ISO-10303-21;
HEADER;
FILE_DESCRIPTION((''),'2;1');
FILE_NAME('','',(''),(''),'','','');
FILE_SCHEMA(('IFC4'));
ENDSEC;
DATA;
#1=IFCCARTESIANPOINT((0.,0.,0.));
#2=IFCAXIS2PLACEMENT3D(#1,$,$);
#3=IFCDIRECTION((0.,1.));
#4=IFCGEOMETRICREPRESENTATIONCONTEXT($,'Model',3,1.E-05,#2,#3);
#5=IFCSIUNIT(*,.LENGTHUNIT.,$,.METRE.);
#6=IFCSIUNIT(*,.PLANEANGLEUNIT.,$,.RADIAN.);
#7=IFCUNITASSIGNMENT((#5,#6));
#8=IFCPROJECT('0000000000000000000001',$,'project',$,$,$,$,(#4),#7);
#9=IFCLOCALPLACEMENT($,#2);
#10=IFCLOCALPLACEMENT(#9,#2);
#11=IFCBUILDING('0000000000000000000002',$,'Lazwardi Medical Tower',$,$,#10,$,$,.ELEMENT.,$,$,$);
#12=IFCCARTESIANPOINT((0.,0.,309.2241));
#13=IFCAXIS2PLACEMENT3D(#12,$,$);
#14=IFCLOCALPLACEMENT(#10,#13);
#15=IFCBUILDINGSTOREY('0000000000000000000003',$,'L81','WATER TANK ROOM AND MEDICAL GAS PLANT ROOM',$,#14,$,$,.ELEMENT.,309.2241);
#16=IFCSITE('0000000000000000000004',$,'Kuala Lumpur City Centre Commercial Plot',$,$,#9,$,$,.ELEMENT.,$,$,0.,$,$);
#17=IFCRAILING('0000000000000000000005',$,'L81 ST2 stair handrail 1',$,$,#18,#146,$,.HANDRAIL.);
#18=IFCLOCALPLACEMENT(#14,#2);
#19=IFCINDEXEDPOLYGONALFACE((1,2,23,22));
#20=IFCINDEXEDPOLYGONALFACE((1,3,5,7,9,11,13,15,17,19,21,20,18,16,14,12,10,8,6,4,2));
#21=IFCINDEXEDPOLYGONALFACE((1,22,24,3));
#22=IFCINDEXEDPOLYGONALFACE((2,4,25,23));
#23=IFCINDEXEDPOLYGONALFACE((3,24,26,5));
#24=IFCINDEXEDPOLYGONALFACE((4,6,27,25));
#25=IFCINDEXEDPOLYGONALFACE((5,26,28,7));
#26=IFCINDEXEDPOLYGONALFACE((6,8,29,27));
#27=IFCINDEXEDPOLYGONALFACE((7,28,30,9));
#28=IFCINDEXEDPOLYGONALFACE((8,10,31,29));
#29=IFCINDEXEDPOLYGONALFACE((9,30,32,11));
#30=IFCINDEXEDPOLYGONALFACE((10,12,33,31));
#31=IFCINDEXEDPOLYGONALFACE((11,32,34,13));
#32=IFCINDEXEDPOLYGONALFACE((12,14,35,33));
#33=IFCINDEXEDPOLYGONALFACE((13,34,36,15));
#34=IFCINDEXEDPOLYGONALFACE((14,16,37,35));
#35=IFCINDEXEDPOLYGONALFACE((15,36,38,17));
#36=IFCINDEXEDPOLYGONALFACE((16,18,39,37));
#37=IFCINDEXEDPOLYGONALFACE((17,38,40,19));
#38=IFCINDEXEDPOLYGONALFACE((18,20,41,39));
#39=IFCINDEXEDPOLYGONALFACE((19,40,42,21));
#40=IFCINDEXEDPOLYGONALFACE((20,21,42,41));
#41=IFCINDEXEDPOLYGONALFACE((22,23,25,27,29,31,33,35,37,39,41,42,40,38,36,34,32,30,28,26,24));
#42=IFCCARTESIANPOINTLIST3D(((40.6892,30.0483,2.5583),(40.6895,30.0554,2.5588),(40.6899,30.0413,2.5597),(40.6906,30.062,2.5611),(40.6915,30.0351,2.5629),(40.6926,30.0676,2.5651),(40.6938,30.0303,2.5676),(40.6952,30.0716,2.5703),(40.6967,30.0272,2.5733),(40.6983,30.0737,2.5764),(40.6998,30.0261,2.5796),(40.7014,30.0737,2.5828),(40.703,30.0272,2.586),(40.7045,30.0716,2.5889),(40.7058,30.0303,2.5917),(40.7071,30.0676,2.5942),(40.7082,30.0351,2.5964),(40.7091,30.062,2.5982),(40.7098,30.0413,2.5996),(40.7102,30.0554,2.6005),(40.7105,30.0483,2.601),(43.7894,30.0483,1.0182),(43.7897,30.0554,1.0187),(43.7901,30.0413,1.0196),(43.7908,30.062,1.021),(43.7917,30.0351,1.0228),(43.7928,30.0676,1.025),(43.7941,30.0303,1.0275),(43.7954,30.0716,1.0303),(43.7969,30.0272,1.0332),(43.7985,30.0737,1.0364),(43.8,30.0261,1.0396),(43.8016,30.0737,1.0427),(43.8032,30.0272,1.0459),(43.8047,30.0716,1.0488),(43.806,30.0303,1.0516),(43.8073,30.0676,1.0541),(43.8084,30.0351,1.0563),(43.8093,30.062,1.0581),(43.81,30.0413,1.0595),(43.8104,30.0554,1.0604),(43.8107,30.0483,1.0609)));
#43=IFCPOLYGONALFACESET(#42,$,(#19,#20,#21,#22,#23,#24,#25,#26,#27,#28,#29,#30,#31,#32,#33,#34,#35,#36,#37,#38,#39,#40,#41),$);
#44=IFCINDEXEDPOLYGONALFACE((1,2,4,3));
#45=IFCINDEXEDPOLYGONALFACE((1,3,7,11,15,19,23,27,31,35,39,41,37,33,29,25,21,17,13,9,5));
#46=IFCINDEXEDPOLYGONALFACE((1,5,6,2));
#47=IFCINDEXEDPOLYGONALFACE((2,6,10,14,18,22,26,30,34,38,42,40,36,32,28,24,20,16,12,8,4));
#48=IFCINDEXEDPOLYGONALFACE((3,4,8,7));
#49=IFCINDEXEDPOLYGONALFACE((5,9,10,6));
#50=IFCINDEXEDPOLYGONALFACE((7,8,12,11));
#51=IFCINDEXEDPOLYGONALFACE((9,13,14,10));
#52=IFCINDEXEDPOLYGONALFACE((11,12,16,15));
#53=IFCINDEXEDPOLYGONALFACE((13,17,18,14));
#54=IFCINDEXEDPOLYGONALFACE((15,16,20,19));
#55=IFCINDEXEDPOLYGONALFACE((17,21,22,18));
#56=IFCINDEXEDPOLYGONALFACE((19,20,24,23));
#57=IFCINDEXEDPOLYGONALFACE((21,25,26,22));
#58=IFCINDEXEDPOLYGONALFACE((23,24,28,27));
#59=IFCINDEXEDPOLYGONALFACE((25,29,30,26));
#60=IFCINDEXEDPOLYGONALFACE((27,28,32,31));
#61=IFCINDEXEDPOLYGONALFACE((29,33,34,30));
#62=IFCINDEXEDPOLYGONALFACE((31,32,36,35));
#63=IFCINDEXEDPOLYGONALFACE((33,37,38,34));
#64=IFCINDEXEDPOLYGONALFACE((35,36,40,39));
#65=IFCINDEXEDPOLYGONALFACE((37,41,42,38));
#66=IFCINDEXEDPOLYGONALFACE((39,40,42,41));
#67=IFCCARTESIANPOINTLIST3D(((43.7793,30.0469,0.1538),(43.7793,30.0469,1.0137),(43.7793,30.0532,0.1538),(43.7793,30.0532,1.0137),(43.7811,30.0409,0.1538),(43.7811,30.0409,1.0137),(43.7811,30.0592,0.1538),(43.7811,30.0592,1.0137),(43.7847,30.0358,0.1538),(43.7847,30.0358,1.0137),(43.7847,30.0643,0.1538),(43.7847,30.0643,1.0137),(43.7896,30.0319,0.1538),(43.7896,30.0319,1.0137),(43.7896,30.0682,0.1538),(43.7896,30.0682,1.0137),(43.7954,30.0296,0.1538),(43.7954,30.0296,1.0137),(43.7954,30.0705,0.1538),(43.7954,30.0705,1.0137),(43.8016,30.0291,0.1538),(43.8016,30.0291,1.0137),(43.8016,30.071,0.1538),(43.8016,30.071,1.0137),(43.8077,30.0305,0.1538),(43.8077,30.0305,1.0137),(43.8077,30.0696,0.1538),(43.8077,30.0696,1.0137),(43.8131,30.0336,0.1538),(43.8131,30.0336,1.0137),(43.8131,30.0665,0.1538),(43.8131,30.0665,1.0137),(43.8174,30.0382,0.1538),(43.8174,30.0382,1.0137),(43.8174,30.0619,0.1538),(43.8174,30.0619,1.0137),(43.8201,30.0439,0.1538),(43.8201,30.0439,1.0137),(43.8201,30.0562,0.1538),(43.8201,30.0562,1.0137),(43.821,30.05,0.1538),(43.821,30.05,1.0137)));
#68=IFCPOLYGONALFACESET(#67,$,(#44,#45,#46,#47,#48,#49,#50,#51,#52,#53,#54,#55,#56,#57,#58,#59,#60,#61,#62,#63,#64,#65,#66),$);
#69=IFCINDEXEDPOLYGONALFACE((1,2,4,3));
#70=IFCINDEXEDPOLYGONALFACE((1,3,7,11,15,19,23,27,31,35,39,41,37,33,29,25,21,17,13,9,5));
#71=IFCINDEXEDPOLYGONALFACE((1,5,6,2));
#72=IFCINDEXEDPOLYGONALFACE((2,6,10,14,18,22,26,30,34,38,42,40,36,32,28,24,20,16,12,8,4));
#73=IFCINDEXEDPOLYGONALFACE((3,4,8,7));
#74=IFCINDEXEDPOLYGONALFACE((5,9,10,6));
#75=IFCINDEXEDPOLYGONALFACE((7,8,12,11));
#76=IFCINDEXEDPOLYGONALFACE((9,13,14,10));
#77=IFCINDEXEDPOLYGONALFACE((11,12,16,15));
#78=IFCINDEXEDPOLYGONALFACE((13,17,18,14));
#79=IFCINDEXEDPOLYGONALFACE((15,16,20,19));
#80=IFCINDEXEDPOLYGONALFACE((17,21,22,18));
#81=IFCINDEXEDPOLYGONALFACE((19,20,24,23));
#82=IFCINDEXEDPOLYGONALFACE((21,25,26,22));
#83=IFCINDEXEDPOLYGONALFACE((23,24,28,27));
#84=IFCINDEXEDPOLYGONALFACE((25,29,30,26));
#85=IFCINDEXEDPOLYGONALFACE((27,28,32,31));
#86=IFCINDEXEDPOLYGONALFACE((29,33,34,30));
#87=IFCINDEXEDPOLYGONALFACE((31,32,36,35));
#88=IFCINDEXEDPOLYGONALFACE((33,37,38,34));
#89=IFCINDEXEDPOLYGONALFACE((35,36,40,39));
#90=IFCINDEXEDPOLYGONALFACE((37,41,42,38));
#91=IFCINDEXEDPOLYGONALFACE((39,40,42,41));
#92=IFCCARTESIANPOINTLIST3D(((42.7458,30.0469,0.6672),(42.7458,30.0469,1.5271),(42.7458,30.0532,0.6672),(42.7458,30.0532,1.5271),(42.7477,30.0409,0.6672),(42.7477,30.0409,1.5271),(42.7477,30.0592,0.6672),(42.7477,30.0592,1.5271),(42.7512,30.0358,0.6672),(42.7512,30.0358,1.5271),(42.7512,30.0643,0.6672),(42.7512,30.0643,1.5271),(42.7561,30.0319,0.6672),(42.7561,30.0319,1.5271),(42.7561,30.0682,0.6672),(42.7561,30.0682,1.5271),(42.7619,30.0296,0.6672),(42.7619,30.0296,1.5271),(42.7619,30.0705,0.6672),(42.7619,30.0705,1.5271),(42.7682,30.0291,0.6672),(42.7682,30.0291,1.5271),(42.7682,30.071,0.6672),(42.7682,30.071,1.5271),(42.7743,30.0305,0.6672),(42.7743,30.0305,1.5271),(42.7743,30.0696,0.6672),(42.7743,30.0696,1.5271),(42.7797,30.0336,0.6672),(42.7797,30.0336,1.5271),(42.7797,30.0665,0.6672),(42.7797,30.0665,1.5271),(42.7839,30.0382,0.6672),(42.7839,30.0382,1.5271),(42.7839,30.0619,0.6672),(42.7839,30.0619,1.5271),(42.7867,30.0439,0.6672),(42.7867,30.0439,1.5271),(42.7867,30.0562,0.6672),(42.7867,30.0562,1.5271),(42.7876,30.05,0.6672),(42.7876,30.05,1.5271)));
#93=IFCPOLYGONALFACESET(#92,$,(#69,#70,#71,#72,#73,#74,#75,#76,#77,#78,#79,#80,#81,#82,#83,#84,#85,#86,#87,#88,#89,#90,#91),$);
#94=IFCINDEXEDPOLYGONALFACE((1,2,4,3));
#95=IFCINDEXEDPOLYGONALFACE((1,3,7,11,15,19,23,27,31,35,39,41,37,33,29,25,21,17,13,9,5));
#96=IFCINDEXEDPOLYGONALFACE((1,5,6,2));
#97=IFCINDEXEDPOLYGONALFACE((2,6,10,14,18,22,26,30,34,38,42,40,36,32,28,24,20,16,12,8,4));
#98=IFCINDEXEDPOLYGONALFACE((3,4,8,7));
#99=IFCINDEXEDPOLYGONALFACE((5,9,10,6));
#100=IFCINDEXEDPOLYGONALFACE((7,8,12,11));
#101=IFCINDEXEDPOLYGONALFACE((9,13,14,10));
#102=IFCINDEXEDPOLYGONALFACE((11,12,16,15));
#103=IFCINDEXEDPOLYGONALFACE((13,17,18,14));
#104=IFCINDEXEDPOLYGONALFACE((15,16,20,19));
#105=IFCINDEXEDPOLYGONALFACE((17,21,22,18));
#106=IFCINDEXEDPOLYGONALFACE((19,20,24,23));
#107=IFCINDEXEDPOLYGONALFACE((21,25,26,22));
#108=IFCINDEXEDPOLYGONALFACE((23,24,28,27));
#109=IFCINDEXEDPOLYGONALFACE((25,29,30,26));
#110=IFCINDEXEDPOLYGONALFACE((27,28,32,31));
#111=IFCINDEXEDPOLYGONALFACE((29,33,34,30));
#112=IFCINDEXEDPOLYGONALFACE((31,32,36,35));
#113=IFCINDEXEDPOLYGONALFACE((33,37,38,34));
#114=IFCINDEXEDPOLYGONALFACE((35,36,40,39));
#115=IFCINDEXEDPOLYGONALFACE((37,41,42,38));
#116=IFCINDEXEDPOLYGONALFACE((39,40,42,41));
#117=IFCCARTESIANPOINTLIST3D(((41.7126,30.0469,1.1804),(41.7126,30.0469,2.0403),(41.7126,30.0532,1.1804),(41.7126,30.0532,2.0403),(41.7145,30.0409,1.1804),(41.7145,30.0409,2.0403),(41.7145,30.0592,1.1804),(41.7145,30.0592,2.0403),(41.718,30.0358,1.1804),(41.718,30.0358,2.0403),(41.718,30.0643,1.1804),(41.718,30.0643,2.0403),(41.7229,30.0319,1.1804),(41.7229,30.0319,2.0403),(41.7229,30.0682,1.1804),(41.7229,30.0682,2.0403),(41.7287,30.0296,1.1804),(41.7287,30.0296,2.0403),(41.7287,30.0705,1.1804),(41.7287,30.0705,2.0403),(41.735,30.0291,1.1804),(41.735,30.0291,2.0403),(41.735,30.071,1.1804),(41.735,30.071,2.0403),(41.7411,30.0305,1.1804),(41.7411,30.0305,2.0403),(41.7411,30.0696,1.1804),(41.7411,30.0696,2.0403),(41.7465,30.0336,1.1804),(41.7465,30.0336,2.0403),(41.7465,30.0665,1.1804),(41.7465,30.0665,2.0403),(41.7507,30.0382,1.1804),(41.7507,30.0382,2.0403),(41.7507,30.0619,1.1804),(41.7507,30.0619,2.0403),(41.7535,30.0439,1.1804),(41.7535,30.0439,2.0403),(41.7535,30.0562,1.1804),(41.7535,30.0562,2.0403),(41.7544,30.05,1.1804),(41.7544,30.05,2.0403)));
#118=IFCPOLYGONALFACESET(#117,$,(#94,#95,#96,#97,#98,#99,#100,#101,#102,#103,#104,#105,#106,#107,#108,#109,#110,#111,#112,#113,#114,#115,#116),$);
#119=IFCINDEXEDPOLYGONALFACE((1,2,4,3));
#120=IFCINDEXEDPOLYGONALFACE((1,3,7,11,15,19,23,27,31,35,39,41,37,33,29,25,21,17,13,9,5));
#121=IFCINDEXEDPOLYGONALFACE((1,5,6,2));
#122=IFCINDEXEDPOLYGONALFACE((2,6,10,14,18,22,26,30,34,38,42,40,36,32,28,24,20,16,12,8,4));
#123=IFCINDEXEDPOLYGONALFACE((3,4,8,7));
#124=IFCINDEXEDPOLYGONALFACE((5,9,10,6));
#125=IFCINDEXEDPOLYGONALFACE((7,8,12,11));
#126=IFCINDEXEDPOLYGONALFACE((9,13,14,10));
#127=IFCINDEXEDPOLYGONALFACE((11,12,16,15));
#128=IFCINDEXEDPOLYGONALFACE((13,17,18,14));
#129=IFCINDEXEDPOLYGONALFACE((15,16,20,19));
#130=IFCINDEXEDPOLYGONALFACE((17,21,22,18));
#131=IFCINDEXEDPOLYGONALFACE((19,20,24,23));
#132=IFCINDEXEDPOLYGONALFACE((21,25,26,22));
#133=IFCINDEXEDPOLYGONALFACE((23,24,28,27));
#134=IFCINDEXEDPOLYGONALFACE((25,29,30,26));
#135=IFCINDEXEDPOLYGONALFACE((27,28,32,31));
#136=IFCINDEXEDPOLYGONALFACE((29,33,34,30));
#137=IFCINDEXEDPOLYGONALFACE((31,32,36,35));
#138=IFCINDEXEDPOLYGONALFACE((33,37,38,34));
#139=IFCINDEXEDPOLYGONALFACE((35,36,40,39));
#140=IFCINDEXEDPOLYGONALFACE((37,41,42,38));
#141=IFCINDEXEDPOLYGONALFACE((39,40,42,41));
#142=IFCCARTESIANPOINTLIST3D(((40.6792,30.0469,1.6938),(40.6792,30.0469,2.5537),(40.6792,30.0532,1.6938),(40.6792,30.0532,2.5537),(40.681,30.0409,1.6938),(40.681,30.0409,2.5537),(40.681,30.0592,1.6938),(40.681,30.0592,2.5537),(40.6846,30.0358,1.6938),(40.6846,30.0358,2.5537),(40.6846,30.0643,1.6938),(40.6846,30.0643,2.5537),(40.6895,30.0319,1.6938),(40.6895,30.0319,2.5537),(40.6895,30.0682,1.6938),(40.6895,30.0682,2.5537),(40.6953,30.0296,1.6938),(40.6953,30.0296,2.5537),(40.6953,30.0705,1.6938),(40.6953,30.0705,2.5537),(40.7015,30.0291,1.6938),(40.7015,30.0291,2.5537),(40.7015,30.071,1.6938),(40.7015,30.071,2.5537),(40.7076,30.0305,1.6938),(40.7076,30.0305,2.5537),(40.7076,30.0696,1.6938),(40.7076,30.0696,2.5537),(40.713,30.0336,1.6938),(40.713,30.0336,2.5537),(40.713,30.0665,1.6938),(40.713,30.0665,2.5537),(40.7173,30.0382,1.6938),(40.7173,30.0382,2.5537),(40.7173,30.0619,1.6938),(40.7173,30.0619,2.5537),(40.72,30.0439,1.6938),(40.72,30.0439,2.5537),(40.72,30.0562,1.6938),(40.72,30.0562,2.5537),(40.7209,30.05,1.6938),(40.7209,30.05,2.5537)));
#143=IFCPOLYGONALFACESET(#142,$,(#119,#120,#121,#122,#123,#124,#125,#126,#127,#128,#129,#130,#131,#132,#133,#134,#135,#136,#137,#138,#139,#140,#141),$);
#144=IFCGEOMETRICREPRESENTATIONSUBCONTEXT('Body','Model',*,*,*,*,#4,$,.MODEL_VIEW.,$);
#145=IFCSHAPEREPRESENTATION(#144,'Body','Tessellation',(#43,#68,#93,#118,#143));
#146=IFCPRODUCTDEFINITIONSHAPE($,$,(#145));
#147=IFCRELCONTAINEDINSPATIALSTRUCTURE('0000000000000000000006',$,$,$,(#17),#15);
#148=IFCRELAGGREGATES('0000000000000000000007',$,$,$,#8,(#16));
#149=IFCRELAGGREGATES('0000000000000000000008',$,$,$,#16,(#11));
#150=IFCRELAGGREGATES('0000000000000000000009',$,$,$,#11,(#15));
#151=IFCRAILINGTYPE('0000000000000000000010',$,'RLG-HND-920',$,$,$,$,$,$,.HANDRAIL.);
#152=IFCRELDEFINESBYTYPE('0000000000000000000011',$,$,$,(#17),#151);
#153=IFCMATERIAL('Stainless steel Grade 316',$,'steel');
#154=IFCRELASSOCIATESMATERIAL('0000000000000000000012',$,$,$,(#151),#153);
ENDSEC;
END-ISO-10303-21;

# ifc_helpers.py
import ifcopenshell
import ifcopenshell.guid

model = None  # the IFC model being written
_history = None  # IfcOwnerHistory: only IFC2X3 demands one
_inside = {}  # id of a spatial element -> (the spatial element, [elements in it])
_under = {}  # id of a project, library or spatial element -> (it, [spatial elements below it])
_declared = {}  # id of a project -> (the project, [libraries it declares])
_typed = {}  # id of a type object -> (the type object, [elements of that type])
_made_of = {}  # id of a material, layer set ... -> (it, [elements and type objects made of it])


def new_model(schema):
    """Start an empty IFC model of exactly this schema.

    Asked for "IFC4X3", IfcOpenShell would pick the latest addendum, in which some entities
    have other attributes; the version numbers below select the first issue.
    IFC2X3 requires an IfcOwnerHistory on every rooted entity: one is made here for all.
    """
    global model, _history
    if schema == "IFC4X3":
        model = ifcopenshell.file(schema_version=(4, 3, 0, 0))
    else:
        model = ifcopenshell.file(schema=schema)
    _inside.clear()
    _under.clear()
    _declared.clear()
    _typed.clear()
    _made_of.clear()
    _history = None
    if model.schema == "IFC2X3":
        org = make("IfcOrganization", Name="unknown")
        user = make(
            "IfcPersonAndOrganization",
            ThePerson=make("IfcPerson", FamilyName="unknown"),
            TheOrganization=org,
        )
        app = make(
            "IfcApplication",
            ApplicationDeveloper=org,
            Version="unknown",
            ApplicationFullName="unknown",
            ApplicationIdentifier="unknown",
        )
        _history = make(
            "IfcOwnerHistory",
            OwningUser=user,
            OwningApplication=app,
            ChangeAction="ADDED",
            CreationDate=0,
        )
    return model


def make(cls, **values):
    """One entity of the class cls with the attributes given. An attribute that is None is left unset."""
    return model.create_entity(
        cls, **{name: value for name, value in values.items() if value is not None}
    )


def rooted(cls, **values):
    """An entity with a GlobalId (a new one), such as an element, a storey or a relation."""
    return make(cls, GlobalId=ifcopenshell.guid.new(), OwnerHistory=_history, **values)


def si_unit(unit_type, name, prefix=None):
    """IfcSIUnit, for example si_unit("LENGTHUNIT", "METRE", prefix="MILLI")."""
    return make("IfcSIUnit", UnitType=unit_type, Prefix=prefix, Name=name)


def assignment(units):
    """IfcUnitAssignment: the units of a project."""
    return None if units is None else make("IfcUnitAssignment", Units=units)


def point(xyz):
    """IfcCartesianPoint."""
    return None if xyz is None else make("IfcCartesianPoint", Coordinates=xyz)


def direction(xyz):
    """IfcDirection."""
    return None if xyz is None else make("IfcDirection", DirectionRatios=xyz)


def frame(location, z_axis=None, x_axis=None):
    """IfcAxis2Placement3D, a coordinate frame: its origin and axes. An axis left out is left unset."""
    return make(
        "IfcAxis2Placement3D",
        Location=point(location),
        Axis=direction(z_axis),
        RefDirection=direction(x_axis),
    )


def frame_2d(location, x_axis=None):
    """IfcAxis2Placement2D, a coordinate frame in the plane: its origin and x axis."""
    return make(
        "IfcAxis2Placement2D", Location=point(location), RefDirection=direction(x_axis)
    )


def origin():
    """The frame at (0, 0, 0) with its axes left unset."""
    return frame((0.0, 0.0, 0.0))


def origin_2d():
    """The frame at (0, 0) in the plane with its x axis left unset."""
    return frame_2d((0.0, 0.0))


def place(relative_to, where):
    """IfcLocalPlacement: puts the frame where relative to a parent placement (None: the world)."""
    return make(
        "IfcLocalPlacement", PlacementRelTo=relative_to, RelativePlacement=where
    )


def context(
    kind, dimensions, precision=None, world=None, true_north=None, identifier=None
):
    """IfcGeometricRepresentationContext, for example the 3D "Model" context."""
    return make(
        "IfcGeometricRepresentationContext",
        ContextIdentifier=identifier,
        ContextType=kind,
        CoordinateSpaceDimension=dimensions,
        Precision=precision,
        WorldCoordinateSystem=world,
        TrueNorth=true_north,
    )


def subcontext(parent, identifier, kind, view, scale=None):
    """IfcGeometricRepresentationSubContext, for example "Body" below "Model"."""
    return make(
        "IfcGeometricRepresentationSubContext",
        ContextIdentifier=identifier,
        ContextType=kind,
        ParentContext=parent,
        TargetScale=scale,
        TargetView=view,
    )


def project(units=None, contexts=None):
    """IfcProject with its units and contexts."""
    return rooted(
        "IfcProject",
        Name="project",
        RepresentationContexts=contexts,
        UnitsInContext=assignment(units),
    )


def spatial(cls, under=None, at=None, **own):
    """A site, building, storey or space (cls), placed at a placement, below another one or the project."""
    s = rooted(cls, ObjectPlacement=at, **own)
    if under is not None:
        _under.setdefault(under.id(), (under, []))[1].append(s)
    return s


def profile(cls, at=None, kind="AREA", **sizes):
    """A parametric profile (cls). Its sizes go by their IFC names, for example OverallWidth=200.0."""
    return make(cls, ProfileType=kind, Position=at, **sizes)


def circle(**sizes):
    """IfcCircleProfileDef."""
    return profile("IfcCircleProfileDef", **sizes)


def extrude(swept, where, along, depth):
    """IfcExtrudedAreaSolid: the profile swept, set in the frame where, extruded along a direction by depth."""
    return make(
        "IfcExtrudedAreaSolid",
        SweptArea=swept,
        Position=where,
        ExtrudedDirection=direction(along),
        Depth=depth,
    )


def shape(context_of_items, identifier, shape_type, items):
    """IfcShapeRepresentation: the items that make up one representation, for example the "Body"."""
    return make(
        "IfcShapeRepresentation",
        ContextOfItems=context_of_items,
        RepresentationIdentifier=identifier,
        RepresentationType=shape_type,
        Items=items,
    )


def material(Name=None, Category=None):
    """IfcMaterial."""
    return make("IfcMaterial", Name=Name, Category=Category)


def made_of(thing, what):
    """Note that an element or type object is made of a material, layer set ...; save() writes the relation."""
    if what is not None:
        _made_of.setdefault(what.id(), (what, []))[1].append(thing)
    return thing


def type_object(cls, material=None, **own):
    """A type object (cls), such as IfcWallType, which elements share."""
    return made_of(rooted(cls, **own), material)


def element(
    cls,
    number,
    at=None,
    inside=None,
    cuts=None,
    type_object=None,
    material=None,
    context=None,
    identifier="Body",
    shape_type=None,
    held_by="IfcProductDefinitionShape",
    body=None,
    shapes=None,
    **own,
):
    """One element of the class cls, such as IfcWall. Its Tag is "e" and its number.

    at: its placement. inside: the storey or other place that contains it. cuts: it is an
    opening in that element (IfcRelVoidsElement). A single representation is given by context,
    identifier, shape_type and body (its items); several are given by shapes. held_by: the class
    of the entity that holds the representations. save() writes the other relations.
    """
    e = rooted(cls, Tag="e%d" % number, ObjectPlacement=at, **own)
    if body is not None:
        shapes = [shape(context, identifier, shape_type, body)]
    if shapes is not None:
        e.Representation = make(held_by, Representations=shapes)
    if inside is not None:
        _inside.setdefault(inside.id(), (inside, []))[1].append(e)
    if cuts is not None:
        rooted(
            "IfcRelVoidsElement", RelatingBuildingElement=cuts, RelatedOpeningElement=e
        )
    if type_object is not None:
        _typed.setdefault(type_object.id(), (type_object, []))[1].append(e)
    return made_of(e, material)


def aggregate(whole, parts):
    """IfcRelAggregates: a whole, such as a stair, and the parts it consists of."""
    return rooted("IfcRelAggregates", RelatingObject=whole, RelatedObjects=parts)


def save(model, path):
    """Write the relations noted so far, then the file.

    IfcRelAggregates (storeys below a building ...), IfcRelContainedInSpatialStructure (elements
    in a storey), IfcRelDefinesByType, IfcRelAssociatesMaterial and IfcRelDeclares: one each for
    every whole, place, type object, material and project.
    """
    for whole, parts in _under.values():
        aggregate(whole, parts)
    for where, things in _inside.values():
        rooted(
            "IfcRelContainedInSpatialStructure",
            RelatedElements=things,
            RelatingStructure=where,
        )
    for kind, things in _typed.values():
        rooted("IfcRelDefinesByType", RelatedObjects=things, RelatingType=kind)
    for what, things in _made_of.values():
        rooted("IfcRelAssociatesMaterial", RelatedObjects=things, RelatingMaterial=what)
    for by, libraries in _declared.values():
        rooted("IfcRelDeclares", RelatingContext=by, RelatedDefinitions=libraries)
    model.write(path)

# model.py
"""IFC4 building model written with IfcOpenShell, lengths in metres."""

from ifc_helpers import new_model, si_unit, direction, frame, origin, origin_2d, place, context, subcontext, project, spatial, circle, extrude, material, type_object, element, save


model = new_model("IFC4")

# Units and contexts
model_context = context("Model", 3, precision=1e-05, world=origin(), true_north=direction((0.0, 1.0)))
body_context = subcontext(model_context, "Body", "Model", "MODEL_VIEW")
ifc_project = project(units=[si_unit("LENGTHUNIT", "METRE"), si_unit("PLANEANGLEUNIT", "RADIAN")], contexts=[model_context])

# Site, building, storey
site_placement = place(None, origin())
site = spatial("IfcSite", under=ifc_project, at=site_placement, Name="Kuala Lumpur City Centre Commercial Plot", CompositionType="ELEMENT", RefElevation=0.0)
building_placement = place(site_placement, origin())
building = spatial("IfcBuilding", under=site, at=building_placement, Name="Lazwardi Medical Tower", CompositionType="ELEMENT")
storey_placement = place(building_placement, frame((0.0, 0.0, 309.2241)))
storey = spatial("IfcBuildingStorey", under=building, at=storey_placement, Name="L81", Description="WATER TANK ROOM AND MEDICAL GAS PLANT ROOM", CompositionType="ELEMENT", Elevation=309.2241)

# Railing
ifc_material_1 = material(Name="Stainless steel Grade 316", Category="steel")
railing_type_1 = type_object("IfcRailingType", Name="RLG-HND-920", PredefinedType="HANDRAIL", material=ifc_material_1)
railing_1_placement = place(storey_placement, frame((43.8, 30.05, 0.1538)))
element("IfcRailing", 1, at=railing_1_placement, inside=storey, type_object=railing_type_1, Name="L81 ST2 stair handrail 1", PredefinedType="HANDRAIL", context=body_context, shape_type="SweptSolid", body=[
    extrude(circle(Radius=0.0239, at=origin_2d()), frame((0.0, 0.0, 0.8857), z_axis=(-0.895581, 0.0, 0.444899), x_axis=(0.0, -1.0, 0.0)), (0.0, 0.0, 1.0), 3.4617),
    extrude(circle(Radius=0.021, at=origin_2d()), origin(), (0.0, 0.0, 1.0), 0.8599),
    extrude(circle(Radius=0.021, at=origin_2d()), frame((-1.0334, 0.0, 0.5134)), (0.0, 0.0, 1.0), 0.8599),
    extrude(circle(Radius=0.021, at=origin_2d()), frame((-2.0667, 0.0, 1.0266)), (0.0, 0.0, 1.0), 0.8599),
    extrude(circle(Radius=0.021, at=origin_2d()), frame((-3.1001, 0.0, 1.54)), (0.0, 0.0, 1.0), 0.8599),
])

save(model, "model.ifc")
